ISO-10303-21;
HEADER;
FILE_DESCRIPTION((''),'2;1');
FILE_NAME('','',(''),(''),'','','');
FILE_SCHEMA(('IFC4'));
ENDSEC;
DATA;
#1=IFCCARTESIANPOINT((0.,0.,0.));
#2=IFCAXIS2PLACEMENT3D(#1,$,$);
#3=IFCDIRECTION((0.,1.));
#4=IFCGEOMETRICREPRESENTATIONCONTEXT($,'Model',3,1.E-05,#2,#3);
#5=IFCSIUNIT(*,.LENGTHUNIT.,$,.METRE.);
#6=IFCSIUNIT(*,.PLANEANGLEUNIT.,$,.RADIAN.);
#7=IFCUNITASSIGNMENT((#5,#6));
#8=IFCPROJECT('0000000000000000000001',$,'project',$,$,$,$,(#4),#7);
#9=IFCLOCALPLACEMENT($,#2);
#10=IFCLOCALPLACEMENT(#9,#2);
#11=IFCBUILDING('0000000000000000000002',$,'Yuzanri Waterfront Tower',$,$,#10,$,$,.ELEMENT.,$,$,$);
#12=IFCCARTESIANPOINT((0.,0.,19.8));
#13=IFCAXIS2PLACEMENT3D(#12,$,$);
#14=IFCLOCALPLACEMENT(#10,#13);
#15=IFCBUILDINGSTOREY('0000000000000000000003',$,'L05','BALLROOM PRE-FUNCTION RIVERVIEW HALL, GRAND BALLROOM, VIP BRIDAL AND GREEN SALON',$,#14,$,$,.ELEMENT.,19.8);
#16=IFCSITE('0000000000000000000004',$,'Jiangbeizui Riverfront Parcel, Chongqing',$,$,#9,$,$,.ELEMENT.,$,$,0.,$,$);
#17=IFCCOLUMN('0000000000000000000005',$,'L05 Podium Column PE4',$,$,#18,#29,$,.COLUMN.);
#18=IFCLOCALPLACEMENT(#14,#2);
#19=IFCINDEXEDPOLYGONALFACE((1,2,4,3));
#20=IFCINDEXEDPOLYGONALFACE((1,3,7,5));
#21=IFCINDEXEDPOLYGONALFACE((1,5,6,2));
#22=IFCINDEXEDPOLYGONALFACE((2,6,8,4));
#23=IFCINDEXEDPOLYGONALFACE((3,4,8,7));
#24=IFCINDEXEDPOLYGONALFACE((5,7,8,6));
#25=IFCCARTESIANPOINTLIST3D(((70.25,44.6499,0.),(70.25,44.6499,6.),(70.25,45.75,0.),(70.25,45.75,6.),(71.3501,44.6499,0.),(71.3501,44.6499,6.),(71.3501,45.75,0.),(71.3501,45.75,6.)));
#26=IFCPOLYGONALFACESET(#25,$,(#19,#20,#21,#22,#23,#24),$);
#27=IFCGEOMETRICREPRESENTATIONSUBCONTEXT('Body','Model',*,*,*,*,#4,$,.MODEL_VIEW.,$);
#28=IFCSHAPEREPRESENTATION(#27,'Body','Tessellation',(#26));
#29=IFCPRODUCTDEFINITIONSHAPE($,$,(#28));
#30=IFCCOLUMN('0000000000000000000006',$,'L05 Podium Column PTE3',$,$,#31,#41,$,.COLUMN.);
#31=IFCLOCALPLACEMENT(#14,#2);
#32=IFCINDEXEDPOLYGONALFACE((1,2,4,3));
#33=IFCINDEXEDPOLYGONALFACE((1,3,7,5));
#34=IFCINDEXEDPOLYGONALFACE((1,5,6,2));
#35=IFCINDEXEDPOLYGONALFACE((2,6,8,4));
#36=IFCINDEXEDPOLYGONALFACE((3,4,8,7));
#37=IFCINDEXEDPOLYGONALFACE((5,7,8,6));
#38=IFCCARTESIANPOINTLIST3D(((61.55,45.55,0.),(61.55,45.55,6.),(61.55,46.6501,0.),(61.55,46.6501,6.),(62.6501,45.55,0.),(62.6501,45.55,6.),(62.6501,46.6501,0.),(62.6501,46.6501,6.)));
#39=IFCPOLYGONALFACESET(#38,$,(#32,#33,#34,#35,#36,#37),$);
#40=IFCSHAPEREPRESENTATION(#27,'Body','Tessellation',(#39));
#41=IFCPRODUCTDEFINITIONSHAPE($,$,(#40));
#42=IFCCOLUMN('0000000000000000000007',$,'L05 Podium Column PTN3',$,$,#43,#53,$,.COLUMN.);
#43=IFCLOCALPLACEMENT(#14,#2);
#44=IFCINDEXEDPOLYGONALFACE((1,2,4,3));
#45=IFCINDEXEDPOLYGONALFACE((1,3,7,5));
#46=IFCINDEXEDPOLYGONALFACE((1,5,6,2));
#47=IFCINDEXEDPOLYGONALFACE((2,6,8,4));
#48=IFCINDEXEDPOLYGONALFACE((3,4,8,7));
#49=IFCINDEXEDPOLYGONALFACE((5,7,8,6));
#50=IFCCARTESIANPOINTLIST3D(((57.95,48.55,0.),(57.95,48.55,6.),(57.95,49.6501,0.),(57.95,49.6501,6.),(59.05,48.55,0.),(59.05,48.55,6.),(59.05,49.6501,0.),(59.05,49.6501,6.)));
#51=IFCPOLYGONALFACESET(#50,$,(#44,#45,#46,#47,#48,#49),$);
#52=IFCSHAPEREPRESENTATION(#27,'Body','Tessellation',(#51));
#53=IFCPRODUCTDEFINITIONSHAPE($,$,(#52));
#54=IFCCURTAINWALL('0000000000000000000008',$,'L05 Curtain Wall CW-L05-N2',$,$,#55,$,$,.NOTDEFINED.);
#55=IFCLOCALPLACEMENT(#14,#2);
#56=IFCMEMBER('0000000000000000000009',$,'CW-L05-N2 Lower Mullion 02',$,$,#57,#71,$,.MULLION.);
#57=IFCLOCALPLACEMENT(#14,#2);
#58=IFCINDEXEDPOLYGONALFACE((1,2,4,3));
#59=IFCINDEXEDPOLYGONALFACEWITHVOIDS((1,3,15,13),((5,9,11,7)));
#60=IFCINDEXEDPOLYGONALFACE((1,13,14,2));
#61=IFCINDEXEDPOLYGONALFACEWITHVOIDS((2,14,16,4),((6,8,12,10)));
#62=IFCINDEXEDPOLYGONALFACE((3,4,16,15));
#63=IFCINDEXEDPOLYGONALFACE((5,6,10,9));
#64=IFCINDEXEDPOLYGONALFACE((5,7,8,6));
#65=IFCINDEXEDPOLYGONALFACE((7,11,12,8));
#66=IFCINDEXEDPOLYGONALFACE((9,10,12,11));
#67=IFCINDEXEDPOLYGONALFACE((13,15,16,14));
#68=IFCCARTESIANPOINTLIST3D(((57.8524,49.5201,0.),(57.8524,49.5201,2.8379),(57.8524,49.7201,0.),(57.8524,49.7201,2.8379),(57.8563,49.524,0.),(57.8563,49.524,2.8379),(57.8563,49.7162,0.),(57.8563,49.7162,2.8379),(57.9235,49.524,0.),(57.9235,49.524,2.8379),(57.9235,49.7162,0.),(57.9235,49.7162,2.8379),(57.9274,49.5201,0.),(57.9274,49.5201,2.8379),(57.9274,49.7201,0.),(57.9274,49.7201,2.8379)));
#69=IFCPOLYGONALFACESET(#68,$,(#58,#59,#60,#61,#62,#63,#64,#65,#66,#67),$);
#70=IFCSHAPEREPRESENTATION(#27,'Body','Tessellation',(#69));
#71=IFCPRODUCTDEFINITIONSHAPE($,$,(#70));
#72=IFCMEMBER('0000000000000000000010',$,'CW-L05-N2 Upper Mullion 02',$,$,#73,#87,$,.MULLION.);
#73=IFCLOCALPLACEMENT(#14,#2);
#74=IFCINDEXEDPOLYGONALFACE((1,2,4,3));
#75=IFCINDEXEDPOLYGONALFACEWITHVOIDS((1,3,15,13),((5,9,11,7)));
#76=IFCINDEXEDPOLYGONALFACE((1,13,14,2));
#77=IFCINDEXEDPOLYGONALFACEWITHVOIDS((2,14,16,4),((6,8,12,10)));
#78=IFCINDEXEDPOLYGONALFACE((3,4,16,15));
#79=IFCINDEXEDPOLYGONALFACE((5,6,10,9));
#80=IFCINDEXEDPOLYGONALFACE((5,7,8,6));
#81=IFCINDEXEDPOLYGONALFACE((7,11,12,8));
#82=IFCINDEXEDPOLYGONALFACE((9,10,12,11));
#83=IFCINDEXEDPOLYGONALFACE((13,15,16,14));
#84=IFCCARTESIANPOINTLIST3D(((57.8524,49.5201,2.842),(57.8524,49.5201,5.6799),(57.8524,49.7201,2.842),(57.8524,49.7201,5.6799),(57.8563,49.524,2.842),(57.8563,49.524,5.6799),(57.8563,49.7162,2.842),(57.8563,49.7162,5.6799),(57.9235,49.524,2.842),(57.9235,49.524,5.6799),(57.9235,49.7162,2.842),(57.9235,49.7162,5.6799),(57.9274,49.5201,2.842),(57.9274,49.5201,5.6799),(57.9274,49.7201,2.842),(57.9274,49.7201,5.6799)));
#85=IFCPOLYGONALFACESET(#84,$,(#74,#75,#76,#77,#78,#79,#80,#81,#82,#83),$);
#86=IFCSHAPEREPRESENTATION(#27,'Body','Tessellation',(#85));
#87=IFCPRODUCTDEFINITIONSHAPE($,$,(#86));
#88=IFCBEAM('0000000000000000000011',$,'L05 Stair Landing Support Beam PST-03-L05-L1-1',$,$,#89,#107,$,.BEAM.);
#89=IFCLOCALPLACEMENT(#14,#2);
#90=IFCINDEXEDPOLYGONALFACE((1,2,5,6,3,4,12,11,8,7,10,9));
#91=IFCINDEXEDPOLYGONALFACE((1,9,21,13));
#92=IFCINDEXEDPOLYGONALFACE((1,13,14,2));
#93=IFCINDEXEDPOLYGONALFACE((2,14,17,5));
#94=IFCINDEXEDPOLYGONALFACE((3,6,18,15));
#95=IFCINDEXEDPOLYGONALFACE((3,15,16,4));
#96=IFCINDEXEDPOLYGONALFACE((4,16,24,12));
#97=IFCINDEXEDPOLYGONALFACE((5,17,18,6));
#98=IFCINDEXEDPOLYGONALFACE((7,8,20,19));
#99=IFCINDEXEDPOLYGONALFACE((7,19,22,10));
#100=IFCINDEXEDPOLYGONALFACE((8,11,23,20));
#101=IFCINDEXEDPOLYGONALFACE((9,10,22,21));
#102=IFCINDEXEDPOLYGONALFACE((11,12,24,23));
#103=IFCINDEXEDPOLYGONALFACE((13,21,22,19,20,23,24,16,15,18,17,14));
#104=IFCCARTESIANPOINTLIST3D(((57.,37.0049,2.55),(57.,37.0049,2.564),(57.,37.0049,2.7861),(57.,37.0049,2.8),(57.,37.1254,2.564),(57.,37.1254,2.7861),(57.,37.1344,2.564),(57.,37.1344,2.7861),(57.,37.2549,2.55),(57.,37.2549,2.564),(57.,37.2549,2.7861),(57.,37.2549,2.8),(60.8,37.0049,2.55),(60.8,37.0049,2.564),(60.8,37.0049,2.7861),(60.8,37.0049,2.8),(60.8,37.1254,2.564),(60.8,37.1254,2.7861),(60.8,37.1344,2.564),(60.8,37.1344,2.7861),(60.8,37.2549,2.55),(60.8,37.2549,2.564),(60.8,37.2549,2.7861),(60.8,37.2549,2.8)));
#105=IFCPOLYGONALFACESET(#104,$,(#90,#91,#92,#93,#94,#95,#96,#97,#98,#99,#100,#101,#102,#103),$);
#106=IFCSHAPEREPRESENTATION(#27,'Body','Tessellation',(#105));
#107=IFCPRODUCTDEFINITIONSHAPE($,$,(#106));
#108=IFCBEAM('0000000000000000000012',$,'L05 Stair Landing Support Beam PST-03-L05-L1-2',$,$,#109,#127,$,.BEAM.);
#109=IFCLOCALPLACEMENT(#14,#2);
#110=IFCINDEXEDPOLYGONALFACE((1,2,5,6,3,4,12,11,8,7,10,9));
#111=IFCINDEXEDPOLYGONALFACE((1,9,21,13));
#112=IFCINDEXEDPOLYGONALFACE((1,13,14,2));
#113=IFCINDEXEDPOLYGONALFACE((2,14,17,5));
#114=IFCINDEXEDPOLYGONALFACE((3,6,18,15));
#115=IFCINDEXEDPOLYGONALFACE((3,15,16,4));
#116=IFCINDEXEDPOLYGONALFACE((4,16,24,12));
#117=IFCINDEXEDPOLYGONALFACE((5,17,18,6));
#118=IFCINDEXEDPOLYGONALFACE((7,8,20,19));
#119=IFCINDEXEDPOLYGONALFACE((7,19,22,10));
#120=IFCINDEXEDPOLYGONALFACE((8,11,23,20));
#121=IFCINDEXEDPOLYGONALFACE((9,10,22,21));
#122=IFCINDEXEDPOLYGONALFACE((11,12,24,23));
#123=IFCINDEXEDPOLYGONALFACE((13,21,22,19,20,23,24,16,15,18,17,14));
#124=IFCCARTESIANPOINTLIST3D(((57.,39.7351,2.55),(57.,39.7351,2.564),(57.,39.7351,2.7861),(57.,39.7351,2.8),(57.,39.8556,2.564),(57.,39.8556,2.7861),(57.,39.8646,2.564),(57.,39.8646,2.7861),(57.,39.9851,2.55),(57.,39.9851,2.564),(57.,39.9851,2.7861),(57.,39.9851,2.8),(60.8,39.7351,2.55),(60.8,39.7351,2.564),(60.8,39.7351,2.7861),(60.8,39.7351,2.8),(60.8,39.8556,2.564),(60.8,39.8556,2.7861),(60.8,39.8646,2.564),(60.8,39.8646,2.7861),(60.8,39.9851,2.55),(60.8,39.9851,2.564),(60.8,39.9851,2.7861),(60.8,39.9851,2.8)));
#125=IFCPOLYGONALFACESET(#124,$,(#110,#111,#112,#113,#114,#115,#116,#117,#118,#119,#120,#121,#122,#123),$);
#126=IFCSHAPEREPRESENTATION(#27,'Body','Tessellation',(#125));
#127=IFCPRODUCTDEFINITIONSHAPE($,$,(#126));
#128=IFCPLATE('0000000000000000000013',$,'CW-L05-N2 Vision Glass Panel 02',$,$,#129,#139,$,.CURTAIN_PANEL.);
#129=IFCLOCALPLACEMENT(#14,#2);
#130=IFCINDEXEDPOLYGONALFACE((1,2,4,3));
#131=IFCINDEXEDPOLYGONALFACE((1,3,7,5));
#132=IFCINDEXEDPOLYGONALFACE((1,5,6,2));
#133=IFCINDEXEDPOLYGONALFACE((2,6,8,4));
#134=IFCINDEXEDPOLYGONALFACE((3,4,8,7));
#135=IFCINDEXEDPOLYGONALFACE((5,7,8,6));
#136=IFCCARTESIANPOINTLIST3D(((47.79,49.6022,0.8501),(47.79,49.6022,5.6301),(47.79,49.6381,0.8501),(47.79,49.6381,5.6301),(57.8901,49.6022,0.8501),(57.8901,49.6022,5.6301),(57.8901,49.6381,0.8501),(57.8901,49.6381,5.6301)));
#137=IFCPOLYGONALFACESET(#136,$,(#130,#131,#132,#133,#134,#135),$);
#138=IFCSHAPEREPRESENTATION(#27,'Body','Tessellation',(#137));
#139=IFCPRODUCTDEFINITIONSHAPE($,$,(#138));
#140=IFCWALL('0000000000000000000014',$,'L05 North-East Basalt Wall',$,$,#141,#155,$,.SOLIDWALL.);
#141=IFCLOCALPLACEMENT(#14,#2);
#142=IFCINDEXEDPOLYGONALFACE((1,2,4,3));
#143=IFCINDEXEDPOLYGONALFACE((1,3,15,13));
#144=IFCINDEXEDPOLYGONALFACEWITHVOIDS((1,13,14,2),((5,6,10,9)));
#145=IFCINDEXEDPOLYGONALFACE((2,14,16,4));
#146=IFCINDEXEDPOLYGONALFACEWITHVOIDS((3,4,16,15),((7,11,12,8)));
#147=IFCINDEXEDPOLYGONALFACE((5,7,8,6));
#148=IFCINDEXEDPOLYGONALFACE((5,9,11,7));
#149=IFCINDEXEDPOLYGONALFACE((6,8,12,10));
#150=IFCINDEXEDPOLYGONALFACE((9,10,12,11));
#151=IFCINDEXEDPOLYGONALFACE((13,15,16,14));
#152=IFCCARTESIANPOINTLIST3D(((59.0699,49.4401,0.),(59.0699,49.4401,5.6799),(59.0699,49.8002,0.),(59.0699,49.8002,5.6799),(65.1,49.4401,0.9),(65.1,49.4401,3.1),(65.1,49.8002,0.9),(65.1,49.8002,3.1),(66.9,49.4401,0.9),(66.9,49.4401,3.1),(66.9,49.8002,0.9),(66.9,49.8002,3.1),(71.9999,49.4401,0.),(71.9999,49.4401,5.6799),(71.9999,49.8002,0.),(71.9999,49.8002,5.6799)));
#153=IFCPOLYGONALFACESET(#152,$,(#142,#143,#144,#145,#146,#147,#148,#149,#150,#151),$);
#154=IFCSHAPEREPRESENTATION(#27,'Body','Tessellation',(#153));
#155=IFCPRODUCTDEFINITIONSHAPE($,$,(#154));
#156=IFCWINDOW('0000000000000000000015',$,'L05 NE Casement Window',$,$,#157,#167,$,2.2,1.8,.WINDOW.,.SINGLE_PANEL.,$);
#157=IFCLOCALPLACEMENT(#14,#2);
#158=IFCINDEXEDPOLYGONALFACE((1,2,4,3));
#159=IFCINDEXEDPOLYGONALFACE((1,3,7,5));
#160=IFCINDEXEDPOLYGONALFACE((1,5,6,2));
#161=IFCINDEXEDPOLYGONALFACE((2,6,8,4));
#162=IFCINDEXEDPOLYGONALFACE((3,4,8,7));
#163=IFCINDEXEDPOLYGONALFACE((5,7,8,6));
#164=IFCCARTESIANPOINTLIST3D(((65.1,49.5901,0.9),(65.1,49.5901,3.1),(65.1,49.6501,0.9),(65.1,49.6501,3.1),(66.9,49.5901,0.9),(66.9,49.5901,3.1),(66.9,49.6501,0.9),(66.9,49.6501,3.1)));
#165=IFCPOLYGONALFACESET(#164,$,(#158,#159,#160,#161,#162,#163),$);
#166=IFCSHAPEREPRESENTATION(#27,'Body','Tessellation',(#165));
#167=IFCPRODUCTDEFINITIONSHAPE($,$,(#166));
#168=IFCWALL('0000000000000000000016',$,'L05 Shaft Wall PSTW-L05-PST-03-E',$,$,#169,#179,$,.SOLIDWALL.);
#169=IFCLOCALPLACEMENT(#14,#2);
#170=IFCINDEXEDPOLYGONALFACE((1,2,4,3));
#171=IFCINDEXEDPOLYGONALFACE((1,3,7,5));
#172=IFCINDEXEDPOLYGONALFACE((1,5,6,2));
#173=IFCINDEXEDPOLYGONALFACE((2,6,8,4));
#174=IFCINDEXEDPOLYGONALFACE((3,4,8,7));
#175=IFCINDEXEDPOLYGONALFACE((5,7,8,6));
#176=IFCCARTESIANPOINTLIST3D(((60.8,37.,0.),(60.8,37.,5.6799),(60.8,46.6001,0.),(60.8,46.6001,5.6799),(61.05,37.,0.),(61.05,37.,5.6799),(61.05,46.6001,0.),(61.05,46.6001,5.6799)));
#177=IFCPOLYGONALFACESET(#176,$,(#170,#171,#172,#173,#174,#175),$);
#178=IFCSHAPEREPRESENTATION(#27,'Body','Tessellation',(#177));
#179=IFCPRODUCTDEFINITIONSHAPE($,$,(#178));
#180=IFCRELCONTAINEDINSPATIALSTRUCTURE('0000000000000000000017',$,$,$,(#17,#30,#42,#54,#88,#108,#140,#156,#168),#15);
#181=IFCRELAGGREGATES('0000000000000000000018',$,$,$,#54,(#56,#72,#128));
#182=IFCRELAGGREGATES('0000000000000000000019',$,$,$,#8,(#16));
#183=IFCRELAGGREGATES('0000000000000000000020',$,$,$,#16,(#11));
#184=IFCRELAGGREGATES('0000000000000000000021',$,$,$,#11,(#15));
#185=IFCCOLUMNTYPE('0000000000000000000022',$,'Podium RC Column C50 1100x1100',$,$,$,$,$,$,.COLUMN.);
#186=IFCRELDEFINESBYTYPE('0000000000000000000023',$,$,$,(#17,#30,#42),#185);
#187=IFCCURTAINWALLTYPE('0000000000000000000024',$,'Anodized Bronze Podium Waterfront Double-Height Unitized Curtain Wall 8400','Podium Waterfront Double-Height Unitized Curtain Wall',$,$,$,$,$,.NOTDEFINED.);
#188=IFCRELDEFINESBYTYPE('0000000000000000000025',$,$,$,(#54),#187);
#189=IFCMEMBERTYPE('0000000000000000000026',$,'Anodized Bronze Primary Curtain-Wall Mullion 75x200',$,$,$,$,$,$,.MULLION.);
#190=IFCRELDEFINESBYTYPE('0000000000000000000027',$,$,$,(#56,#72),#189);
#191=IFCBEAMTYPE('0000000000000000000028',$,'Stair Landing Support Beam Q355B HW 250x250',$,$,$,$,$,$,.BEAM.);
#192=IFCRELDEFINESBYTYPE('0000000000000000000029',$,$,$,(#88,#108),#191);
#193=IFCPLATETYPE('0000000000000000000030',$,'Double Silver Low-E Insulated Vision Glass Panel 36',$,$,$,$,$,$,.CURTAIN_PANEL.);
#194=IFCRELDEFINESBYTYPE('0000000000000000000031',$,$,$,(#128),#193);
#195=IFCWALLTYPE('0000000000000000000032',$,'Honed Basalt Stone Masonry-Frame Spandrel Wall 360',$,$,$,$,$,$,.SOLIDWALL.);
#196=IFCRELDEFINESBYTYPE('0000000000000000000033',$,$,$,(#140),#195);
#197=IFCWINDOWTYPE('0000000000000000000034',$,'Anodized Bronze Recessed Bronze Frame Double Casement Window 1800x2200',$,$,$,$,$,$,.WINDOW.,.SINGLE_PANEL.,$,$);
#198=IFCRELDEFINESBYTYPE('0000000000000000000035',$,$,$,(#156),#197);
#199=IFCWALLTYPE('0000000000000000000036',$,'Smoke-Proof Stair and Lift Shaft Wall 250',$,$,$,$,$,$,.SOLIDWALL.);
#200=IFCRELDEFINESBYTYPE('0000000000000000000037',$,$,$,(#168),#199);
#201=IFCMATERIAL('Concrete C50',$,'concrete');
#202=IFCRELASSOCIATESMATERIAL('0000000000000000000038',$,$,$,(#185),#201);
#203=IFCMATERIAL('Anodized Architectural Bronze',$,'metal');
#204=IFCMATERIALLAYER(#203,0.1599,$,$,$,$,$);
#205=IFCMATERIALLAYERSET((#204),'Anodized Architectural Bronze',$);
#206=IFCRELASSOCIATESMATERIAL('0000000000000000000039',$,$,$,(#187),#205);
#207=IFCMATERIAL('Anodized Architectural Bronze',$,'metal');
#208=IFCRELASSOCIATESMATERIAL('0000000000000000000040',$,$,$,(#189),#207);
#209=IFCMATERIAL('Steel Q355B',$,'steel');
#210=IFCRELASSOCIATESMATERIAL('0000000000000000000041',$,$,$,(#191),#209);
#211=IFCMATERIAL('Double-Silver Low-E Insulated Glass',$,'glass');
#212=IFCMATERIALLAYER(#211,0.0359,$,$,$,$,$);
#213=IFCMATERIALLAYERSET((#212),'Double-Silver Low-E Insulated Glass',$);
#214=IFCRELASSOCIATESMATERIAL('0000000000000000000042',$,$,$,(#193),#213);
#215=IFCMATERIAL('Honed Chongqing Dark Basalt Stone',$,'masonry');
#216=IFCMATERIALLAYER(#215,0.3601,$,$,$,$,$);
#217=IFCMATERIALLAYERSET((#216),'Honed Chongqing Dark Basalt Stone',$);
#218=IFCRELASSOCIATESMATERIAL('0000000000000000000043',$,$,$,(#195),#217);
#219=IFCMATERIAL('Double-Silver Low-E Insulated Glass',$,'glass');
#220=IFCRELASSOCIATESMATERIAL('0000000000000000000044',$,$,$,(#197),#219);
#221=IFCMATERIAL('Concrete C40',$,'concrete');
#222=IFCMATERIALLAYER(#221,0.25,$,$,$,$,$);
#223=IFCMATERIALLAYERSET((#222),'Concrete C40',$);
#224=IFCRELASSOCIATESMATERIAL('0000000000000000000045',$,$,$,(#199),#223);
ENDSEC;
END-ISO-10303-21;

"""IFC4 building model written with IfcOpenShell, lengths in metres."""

from ifc_helpers import new_model, si_unit, direction, frame, frame_2d, origin, origin_2d, place, context, subcontext, project, spatial, rectangle, hollow_rectangle, i_section, extrude, source, transform, mapped, material, layer, layer_set, material_profile, profile_set, type_object, element, fill, aggregate, save


model = new_model("IFC4")

# Units and contexts
model_context = context("Model", 3, precision=1e-05, world=origin(), true_north=direction((0.0, 1.0)))
body_context = subcontext(model_context, "Body", "Model", "MODEL_VIEW")
ifc_project = project(units=[si_unit("LENGTHUNIT", "METRE"), si_unit("PLANEANGLEUNIT", "RADIAN")], contexts=[model_context])

# Site, building, storey
site_placement = place(None, origin())
site = spatial("IfcSite", under=ifc_project, at=site_placement, Name="Jiangbeizui Riverfront Parcel, Chongqing", CompositionType="ELEMENT", RefElevation=0.0)
building_placement = place(site_placement, origin())
building = spatial("IfcBuilding", under=site, at=building_placement, Name="Yuzanri Waterfront Tower", CompositionType="ELEMENT")
storey_placement = place(building_placement, frame((0.0, 0.0, 19.8)))
storey = spatial("IfcBuildingStorey", under=building, at=storey_placement, Name="L05", Description="BALLROOM PRE-FUNCTION RIVERVIEW HALL, GRAND BALLROOM, VIP BRIDAL AND GREEN SALON", CompositionType="ELEMENT", Elevation=19.8)

# Columns
ifc_material_1 = material(Name="Concrete C50", Category="concrete")
ifc_material_profile_1 = material_profile(ifc_material_1, rectangle(XDim=1.1001, YDim=1.1001, at=origin_2d()), Name="RC 1100x1100")
ifc_profile_set_1 = profile_set([ifc_material_profile_1], Name="Concrete C50")
column_type = type_object("IfcColumnType", Name="Podium RC Column C50 1100x1100", PredefinedType="COLUMN", material=ifc_profile_set_1)
shared_shape_1 = source(origin(), body_context, "Body", "SweptSolid", [
    extrude(rectangle(XDim=1.1001, YDim=1.1001, at=origin_2d()), origin(), (0.0, 0.0, 1.0), 6.0),
])
for number, where, z_axis, x_axis, name in (
    (1, (70.8, 45.2, 0.0), (0.0, 0.0, 1.0), (1.0, 0.0, 0.0), "L05 Podium Column PE4"),
    (2, (62.1001, 46.1001, 0.0), (0.0, 0.0, 1.0), (1.0, 0.0, 0.0), "L05 Podium Column PTE3"),
    (3, (58.5, 49.1001, 0.0), (0.0, 0.0, 1.0), (1.0, 0.0, 0.0), "L05 Podium Column PTN3"),
):
    element("IfcColumn", number, at=place(storey_placement, frame(where, z_axis=z_axis, x_axis=x_axis)), inside=storey, type_object=column_type, Name=name, PredefinedType="COLUMN", context=body_context, shape_type="MappedRepresentation", body=[
        mapped(shared_shape_1, transform((0.0, 0.0, 0.0), scale=1.0)),
    ])

# Curtain wall, members
ifc_material_2 = material(Name="Anodized Architectural Bronze", Category="metal")
ifc_layer_1 = layer(ifc_material_2, 0.1599)
ifc_layer_set_1 = layer_set([ifc_layer_1], Name="Anodized Architectural Bronze")
curtain_wall_type = type_object("IfcCurtainWallType", Name="Anodized Bronze Podium Waterfront Double-Height Unitized Curtain Wall 8400", Description="Podium Waterfront Double-Height Unitized Curtain Wall", PredefinedType="NOTDEFINED", material=ifc_layer_set_1)
curtain_wall_placement = place(storey_placement, origin())
curtain_wall = element("IfcCurtainWall", 4, at=curtain_wall_placement, inside=storey, type_object=curtain_wall_type, Name="L05 Curtain Wall CW-L05-N2", PredefinedType="NOTDEFINED")
ifc_material_3 = material(Name="Anodized Architectural Bronze", Category="metal")
ifc_material_profile_2 = material_profile(ifc_material_3, hollow_rectangle(XDim=0.075, YDim=0.2, WallThickness=0.0039, at=origin_2d()), Name="CWM 75x200")
ifc_profile_set_2 = profile_set([ifc_material_profile_2], Name="Anodized Architectural Bronze")
member_type = type_object("IfcMemberType", Name="Anodized Bronze Primary Curtain-Wall Mullion 75x200", PredefinedType="MULLION", material=ifc_profile_set_2)
shared_shape_2 = source(origin(), body_context, "Body", "SweptSolid", [
    extrude(hollow_rectangle(XDim=0.075, YDim=0.2, WallThickness=0.0039, at=origin_2d()), origin(), (0.0, 0.0, 1.0), 2.8379),
])
member_1_placement = place(storey_placement, frame((57.8899, 49.6201, 0.0), z_axis=(0.0, 0.0, 1.0), x_axis=(1.0, 0.0, 0.0)))
member_1 = element("IfcMember", 5, at=member_1_placement, type_object=member_type, Name="CW-L05-N2 Lower Mullion 02", PredefinedType="MULLION", context=body_context, shape_type="MappedRepresentation", body=[
    mapped(shared_shape_2, transform((0.0, 0.0, 0.0), scale=1.0)),
])
member_2_placement = place(storey_placement, frame((57.8899, 49.6201, 2.842), z_axis=(0.0, 0.0, 1.0), x_axis=(1.0, 0.0, 0.0)))
member_2 = element("IfcMember", 6, at=member_2_placement, type_object=member_type, Name="CW-L05-N2 Upper Mullion 02", PredefinedType="MULLION", context=body_context, shape_type="MappedRepresentation", body=[
    mapped(shared_shape_2, transform((0.0, 0.0, 0.0), scale=1.0)),
])

# Beams
ifc_material_4 = material(Name="Steel Q355B", Category="steel")
ifc_material_profile_3 = material_profile(ifc_material_4, i_section(OverallWidth=0.25, OverallDepth=0.25, WebThickness=0.009, FlangeThickness=0.0139, at=origin_2d()), Name="HW 250x250x9x14")
ifc_profile_set_3 = profile_set([ifc_material_profile_3], Name="Steel Q355B")
beam_type = type_object("IfcBeamType", Name="Stair Landing Support Beam Q355B HW 250x250", PredefinedType="BEAM", material=ifc_profile_set_3)
shared_shape_3 = source(origin(), body_context, "Body", "SweptSolid", [
    extrude(i_section(OverallWidth=0.25, OverallDepth=0.25, WebThickness=0.009, FlangeThickness=0.0139, at=origin_2d()), origin(), (0.0, 0.0, 1.0), 3.8),
])
for number, where, z_axis, x_axis, name in (
    (7, (57.0, 37.1299, 2.675), (1.0, 0.0, 0.0), (0.0, 1.0, 0.0), "L05 Stair Landing Support Beam PST-03-L05-L1-1"),
    (8, (57.0, 39.8601, 2.675), (1.0, 0.0, 0.0), (0.0, 1.0, 0.0), "L05 Stair Landing Support Beam PST-03-L05-L1-2"),
):
    element("IfcBeam", number, at=place(storey_placement, frame(where, z_axis=z_axis, x_axis=x_axis)), inside=storey, type_object=beam_type, Name=name, PredefinedType="BEAM", context=body_context, shape_type="MappedRepresentation", body=[
        mapped(shared_shape_3, transform((0.0, 0.0, 0.0), scale=1.0)),
    ])

# Plate
ifc_material_5 = material(Name="Double-Silver Low-E Insulated Glass", Category="glass")
ifc_layer_2 = layer(ifc_material_5, 0.0359)
ifc_layer_set_2 = layer_set([ifc_layer_2], Name="Double-Silver Low-E Insulated Glass")
plate_type = type_object("IfcPlateType", Name="Double Silver Low-E Insulated Vision Glass Panel 36", PredefinedType="CURTAIN_PANEL", material=ifc_layer_set_2)
shared_shape_4 = source(origin(), body_context, "Body", "SweptSolid", [
    extrude(rectangle(XDim=10.1001, YDim=0.0359, at=origin_2d()), origin(), (0.0, 0.0, 1.0), 4.78),
])
plate_placement = place(storey_placement, frame((52.8401, 49.6201, 0.8501), z_axis=(0.0, 0.0, 1.0), x_axis=(1.0, 0.0, 0.0)))
plate = element("IfcPlate", 9, at=plate_placement, type_object=plate_type, Name="CW-L05-N2 Vision Glass Panel 02", PredefinedType="CURTAIN_PANEL", context=body_context, shape_type="MappedRepresentation", body=[
    mapped(shared_shape_4, transform((0.0, 0.0, 0.0), scale=1.0)),
])
aggregate(curtain_wall, [member_1, member_2, plate])

# Wall, opening, window
ifc_material_6 = material(Name="Honed Chongqing Dark Basalt Stone", Category="masonry")
ifc_layer_3 = layer(ifc_material_6, 0.3601)
ifc_layer_set_3 = layer_set([ifc_layer_3], Name="Honed Chongqing Dark Basalt Stone")
wall_type_1 = type_object("IfcWallType", Name="Honed Basalt Stone Masonry-Frame Spandrel Wall 360", PredefinedType="SOLIDWALL", material=ifc_layer_set_3)
wall_1_placement = place(storey_placement, frame((59.0701, 49.6201, 0.0), z_axis=(0.0, 0.0, 1.0), x_axis=(1.0, 0.0, 0.0)))
wall_1 = element("IfcWall", 10, at=wall_1_placement, inside=storey, type_object=wall_type_1, Name="L05 North-East Basalt Wall", PredefinedType="SOLIDWALL", context=body_context, shape_type="SweptSolid", body=[
    extrude(rectangle(XDim=12.9299, YDim=0.3601, at=frame_2d((6.4648, 0.0))), origin(), (0.0, 0.0, 1.0), 5.6799),
])
opening_placement = place(wall_1_placement, frame((6.03, 0.0, 0.8999)))
opening = element("IfcOpeningElement", 11, at=opening_placement, cuts=wall_1, PredefinedType="OPENING", context=body_context, shape_type="SweptSolid", body=[
    extrude(rectangle(XDim=1.8, YDim=2.2, at=frame_2d((0.8999, 1.1001))), frame((0.0, 0.1948, 0.0), z_axis=(0.0, -1.0, 0.0), x_axis=(1.0, 0.0, 0.0)), (0.0, 0.0, 1.0), 0.3899),
])
ifc_material_7 = material(Name="Double-Silver Low-E Insulated Glass", Category="glass")
window_type = type_object("IfcWindowType", Name="Anodized Bronze Recessed Bronze Frame Double Casement Window 1800x2200", PartitioningType="SINGLE_PANEL", PredefinedType="WINDOW", material=ifc_material_7)
shared_shape_5 = source(origin(), body_context, "Body", "SweptSolid", [
    extrude(rectangle(XDim=1.8, YDim=2.2, at=frame_2d((0.8999, 1.1001))), frame((0.0, 0.03, 0.0), z_axis=(0.0, -1.0, 0.0), x_axis=(1.0, 0.0, 0.0)), (0.0, 0.0, 1.0), 0.0601),
])
window_placement = place(opening_placement, origin())
window = element("IfcWindow", 12, at=window_placement, inside=storey, type_object=window_type, Name="L05 NE Casement Window", OverallHeight=2.2, OverallWidth=1.8, PartitioningType="SINGLE_PANEL", PredefinedType="WINDOW", context=body_context, shape_type="MappedRepresentation", body=[
    mapped(shared_shape_5, transform((0.0, 0.0, 0.0), scale=1.0)),
])
fill(opening, window)

# Wall
ifc_material_8 = material(Name="Concrete C40", Category="concrete")
ifc_layer_4 = layer(ifc_material_8, 0.25)
ifc_layer_set_4 = layer_set([ifc_layer_4], Name="Concrete C40")
wall_type_2 = type_object("IfcWallType", Name="Smoke-Proof Stair and Lift Shaft Wall 250", PredefinedType="SOLIDWALL", material=ifc_layer_set_4)
shared_shape_6 = source(origin(), body_context, "Body", "SweptSolid", [
    extrude(rectangle(XDim=9.6001, YDim=0.25, at=frame_2d((4.8, 0.0))), origin(), (0.0, 0.0, 1.0), 5.6799),
])
wall_2_placement = place(storey_placement, frame((60.925, 37.0, 0.0), z_axis=(0.0, 0.0, 1.0), x_axis=(0.0, 1.0, 0.0)))
element("IfcWall", 13, at=wall_2_placement, inside=storey, type_object=wall_type_2, Name="L05 Shaft Wall PSTW-L05-PST-03-E", PredefinedType="SOLIDWALL", context=body_context, shape_type="MappedRepresentation", body=[
    mapped(shared_shape_6, transform((0.0, 0.0, 0.0), scale=1.0)),
])

save(model, "model.ifc")
